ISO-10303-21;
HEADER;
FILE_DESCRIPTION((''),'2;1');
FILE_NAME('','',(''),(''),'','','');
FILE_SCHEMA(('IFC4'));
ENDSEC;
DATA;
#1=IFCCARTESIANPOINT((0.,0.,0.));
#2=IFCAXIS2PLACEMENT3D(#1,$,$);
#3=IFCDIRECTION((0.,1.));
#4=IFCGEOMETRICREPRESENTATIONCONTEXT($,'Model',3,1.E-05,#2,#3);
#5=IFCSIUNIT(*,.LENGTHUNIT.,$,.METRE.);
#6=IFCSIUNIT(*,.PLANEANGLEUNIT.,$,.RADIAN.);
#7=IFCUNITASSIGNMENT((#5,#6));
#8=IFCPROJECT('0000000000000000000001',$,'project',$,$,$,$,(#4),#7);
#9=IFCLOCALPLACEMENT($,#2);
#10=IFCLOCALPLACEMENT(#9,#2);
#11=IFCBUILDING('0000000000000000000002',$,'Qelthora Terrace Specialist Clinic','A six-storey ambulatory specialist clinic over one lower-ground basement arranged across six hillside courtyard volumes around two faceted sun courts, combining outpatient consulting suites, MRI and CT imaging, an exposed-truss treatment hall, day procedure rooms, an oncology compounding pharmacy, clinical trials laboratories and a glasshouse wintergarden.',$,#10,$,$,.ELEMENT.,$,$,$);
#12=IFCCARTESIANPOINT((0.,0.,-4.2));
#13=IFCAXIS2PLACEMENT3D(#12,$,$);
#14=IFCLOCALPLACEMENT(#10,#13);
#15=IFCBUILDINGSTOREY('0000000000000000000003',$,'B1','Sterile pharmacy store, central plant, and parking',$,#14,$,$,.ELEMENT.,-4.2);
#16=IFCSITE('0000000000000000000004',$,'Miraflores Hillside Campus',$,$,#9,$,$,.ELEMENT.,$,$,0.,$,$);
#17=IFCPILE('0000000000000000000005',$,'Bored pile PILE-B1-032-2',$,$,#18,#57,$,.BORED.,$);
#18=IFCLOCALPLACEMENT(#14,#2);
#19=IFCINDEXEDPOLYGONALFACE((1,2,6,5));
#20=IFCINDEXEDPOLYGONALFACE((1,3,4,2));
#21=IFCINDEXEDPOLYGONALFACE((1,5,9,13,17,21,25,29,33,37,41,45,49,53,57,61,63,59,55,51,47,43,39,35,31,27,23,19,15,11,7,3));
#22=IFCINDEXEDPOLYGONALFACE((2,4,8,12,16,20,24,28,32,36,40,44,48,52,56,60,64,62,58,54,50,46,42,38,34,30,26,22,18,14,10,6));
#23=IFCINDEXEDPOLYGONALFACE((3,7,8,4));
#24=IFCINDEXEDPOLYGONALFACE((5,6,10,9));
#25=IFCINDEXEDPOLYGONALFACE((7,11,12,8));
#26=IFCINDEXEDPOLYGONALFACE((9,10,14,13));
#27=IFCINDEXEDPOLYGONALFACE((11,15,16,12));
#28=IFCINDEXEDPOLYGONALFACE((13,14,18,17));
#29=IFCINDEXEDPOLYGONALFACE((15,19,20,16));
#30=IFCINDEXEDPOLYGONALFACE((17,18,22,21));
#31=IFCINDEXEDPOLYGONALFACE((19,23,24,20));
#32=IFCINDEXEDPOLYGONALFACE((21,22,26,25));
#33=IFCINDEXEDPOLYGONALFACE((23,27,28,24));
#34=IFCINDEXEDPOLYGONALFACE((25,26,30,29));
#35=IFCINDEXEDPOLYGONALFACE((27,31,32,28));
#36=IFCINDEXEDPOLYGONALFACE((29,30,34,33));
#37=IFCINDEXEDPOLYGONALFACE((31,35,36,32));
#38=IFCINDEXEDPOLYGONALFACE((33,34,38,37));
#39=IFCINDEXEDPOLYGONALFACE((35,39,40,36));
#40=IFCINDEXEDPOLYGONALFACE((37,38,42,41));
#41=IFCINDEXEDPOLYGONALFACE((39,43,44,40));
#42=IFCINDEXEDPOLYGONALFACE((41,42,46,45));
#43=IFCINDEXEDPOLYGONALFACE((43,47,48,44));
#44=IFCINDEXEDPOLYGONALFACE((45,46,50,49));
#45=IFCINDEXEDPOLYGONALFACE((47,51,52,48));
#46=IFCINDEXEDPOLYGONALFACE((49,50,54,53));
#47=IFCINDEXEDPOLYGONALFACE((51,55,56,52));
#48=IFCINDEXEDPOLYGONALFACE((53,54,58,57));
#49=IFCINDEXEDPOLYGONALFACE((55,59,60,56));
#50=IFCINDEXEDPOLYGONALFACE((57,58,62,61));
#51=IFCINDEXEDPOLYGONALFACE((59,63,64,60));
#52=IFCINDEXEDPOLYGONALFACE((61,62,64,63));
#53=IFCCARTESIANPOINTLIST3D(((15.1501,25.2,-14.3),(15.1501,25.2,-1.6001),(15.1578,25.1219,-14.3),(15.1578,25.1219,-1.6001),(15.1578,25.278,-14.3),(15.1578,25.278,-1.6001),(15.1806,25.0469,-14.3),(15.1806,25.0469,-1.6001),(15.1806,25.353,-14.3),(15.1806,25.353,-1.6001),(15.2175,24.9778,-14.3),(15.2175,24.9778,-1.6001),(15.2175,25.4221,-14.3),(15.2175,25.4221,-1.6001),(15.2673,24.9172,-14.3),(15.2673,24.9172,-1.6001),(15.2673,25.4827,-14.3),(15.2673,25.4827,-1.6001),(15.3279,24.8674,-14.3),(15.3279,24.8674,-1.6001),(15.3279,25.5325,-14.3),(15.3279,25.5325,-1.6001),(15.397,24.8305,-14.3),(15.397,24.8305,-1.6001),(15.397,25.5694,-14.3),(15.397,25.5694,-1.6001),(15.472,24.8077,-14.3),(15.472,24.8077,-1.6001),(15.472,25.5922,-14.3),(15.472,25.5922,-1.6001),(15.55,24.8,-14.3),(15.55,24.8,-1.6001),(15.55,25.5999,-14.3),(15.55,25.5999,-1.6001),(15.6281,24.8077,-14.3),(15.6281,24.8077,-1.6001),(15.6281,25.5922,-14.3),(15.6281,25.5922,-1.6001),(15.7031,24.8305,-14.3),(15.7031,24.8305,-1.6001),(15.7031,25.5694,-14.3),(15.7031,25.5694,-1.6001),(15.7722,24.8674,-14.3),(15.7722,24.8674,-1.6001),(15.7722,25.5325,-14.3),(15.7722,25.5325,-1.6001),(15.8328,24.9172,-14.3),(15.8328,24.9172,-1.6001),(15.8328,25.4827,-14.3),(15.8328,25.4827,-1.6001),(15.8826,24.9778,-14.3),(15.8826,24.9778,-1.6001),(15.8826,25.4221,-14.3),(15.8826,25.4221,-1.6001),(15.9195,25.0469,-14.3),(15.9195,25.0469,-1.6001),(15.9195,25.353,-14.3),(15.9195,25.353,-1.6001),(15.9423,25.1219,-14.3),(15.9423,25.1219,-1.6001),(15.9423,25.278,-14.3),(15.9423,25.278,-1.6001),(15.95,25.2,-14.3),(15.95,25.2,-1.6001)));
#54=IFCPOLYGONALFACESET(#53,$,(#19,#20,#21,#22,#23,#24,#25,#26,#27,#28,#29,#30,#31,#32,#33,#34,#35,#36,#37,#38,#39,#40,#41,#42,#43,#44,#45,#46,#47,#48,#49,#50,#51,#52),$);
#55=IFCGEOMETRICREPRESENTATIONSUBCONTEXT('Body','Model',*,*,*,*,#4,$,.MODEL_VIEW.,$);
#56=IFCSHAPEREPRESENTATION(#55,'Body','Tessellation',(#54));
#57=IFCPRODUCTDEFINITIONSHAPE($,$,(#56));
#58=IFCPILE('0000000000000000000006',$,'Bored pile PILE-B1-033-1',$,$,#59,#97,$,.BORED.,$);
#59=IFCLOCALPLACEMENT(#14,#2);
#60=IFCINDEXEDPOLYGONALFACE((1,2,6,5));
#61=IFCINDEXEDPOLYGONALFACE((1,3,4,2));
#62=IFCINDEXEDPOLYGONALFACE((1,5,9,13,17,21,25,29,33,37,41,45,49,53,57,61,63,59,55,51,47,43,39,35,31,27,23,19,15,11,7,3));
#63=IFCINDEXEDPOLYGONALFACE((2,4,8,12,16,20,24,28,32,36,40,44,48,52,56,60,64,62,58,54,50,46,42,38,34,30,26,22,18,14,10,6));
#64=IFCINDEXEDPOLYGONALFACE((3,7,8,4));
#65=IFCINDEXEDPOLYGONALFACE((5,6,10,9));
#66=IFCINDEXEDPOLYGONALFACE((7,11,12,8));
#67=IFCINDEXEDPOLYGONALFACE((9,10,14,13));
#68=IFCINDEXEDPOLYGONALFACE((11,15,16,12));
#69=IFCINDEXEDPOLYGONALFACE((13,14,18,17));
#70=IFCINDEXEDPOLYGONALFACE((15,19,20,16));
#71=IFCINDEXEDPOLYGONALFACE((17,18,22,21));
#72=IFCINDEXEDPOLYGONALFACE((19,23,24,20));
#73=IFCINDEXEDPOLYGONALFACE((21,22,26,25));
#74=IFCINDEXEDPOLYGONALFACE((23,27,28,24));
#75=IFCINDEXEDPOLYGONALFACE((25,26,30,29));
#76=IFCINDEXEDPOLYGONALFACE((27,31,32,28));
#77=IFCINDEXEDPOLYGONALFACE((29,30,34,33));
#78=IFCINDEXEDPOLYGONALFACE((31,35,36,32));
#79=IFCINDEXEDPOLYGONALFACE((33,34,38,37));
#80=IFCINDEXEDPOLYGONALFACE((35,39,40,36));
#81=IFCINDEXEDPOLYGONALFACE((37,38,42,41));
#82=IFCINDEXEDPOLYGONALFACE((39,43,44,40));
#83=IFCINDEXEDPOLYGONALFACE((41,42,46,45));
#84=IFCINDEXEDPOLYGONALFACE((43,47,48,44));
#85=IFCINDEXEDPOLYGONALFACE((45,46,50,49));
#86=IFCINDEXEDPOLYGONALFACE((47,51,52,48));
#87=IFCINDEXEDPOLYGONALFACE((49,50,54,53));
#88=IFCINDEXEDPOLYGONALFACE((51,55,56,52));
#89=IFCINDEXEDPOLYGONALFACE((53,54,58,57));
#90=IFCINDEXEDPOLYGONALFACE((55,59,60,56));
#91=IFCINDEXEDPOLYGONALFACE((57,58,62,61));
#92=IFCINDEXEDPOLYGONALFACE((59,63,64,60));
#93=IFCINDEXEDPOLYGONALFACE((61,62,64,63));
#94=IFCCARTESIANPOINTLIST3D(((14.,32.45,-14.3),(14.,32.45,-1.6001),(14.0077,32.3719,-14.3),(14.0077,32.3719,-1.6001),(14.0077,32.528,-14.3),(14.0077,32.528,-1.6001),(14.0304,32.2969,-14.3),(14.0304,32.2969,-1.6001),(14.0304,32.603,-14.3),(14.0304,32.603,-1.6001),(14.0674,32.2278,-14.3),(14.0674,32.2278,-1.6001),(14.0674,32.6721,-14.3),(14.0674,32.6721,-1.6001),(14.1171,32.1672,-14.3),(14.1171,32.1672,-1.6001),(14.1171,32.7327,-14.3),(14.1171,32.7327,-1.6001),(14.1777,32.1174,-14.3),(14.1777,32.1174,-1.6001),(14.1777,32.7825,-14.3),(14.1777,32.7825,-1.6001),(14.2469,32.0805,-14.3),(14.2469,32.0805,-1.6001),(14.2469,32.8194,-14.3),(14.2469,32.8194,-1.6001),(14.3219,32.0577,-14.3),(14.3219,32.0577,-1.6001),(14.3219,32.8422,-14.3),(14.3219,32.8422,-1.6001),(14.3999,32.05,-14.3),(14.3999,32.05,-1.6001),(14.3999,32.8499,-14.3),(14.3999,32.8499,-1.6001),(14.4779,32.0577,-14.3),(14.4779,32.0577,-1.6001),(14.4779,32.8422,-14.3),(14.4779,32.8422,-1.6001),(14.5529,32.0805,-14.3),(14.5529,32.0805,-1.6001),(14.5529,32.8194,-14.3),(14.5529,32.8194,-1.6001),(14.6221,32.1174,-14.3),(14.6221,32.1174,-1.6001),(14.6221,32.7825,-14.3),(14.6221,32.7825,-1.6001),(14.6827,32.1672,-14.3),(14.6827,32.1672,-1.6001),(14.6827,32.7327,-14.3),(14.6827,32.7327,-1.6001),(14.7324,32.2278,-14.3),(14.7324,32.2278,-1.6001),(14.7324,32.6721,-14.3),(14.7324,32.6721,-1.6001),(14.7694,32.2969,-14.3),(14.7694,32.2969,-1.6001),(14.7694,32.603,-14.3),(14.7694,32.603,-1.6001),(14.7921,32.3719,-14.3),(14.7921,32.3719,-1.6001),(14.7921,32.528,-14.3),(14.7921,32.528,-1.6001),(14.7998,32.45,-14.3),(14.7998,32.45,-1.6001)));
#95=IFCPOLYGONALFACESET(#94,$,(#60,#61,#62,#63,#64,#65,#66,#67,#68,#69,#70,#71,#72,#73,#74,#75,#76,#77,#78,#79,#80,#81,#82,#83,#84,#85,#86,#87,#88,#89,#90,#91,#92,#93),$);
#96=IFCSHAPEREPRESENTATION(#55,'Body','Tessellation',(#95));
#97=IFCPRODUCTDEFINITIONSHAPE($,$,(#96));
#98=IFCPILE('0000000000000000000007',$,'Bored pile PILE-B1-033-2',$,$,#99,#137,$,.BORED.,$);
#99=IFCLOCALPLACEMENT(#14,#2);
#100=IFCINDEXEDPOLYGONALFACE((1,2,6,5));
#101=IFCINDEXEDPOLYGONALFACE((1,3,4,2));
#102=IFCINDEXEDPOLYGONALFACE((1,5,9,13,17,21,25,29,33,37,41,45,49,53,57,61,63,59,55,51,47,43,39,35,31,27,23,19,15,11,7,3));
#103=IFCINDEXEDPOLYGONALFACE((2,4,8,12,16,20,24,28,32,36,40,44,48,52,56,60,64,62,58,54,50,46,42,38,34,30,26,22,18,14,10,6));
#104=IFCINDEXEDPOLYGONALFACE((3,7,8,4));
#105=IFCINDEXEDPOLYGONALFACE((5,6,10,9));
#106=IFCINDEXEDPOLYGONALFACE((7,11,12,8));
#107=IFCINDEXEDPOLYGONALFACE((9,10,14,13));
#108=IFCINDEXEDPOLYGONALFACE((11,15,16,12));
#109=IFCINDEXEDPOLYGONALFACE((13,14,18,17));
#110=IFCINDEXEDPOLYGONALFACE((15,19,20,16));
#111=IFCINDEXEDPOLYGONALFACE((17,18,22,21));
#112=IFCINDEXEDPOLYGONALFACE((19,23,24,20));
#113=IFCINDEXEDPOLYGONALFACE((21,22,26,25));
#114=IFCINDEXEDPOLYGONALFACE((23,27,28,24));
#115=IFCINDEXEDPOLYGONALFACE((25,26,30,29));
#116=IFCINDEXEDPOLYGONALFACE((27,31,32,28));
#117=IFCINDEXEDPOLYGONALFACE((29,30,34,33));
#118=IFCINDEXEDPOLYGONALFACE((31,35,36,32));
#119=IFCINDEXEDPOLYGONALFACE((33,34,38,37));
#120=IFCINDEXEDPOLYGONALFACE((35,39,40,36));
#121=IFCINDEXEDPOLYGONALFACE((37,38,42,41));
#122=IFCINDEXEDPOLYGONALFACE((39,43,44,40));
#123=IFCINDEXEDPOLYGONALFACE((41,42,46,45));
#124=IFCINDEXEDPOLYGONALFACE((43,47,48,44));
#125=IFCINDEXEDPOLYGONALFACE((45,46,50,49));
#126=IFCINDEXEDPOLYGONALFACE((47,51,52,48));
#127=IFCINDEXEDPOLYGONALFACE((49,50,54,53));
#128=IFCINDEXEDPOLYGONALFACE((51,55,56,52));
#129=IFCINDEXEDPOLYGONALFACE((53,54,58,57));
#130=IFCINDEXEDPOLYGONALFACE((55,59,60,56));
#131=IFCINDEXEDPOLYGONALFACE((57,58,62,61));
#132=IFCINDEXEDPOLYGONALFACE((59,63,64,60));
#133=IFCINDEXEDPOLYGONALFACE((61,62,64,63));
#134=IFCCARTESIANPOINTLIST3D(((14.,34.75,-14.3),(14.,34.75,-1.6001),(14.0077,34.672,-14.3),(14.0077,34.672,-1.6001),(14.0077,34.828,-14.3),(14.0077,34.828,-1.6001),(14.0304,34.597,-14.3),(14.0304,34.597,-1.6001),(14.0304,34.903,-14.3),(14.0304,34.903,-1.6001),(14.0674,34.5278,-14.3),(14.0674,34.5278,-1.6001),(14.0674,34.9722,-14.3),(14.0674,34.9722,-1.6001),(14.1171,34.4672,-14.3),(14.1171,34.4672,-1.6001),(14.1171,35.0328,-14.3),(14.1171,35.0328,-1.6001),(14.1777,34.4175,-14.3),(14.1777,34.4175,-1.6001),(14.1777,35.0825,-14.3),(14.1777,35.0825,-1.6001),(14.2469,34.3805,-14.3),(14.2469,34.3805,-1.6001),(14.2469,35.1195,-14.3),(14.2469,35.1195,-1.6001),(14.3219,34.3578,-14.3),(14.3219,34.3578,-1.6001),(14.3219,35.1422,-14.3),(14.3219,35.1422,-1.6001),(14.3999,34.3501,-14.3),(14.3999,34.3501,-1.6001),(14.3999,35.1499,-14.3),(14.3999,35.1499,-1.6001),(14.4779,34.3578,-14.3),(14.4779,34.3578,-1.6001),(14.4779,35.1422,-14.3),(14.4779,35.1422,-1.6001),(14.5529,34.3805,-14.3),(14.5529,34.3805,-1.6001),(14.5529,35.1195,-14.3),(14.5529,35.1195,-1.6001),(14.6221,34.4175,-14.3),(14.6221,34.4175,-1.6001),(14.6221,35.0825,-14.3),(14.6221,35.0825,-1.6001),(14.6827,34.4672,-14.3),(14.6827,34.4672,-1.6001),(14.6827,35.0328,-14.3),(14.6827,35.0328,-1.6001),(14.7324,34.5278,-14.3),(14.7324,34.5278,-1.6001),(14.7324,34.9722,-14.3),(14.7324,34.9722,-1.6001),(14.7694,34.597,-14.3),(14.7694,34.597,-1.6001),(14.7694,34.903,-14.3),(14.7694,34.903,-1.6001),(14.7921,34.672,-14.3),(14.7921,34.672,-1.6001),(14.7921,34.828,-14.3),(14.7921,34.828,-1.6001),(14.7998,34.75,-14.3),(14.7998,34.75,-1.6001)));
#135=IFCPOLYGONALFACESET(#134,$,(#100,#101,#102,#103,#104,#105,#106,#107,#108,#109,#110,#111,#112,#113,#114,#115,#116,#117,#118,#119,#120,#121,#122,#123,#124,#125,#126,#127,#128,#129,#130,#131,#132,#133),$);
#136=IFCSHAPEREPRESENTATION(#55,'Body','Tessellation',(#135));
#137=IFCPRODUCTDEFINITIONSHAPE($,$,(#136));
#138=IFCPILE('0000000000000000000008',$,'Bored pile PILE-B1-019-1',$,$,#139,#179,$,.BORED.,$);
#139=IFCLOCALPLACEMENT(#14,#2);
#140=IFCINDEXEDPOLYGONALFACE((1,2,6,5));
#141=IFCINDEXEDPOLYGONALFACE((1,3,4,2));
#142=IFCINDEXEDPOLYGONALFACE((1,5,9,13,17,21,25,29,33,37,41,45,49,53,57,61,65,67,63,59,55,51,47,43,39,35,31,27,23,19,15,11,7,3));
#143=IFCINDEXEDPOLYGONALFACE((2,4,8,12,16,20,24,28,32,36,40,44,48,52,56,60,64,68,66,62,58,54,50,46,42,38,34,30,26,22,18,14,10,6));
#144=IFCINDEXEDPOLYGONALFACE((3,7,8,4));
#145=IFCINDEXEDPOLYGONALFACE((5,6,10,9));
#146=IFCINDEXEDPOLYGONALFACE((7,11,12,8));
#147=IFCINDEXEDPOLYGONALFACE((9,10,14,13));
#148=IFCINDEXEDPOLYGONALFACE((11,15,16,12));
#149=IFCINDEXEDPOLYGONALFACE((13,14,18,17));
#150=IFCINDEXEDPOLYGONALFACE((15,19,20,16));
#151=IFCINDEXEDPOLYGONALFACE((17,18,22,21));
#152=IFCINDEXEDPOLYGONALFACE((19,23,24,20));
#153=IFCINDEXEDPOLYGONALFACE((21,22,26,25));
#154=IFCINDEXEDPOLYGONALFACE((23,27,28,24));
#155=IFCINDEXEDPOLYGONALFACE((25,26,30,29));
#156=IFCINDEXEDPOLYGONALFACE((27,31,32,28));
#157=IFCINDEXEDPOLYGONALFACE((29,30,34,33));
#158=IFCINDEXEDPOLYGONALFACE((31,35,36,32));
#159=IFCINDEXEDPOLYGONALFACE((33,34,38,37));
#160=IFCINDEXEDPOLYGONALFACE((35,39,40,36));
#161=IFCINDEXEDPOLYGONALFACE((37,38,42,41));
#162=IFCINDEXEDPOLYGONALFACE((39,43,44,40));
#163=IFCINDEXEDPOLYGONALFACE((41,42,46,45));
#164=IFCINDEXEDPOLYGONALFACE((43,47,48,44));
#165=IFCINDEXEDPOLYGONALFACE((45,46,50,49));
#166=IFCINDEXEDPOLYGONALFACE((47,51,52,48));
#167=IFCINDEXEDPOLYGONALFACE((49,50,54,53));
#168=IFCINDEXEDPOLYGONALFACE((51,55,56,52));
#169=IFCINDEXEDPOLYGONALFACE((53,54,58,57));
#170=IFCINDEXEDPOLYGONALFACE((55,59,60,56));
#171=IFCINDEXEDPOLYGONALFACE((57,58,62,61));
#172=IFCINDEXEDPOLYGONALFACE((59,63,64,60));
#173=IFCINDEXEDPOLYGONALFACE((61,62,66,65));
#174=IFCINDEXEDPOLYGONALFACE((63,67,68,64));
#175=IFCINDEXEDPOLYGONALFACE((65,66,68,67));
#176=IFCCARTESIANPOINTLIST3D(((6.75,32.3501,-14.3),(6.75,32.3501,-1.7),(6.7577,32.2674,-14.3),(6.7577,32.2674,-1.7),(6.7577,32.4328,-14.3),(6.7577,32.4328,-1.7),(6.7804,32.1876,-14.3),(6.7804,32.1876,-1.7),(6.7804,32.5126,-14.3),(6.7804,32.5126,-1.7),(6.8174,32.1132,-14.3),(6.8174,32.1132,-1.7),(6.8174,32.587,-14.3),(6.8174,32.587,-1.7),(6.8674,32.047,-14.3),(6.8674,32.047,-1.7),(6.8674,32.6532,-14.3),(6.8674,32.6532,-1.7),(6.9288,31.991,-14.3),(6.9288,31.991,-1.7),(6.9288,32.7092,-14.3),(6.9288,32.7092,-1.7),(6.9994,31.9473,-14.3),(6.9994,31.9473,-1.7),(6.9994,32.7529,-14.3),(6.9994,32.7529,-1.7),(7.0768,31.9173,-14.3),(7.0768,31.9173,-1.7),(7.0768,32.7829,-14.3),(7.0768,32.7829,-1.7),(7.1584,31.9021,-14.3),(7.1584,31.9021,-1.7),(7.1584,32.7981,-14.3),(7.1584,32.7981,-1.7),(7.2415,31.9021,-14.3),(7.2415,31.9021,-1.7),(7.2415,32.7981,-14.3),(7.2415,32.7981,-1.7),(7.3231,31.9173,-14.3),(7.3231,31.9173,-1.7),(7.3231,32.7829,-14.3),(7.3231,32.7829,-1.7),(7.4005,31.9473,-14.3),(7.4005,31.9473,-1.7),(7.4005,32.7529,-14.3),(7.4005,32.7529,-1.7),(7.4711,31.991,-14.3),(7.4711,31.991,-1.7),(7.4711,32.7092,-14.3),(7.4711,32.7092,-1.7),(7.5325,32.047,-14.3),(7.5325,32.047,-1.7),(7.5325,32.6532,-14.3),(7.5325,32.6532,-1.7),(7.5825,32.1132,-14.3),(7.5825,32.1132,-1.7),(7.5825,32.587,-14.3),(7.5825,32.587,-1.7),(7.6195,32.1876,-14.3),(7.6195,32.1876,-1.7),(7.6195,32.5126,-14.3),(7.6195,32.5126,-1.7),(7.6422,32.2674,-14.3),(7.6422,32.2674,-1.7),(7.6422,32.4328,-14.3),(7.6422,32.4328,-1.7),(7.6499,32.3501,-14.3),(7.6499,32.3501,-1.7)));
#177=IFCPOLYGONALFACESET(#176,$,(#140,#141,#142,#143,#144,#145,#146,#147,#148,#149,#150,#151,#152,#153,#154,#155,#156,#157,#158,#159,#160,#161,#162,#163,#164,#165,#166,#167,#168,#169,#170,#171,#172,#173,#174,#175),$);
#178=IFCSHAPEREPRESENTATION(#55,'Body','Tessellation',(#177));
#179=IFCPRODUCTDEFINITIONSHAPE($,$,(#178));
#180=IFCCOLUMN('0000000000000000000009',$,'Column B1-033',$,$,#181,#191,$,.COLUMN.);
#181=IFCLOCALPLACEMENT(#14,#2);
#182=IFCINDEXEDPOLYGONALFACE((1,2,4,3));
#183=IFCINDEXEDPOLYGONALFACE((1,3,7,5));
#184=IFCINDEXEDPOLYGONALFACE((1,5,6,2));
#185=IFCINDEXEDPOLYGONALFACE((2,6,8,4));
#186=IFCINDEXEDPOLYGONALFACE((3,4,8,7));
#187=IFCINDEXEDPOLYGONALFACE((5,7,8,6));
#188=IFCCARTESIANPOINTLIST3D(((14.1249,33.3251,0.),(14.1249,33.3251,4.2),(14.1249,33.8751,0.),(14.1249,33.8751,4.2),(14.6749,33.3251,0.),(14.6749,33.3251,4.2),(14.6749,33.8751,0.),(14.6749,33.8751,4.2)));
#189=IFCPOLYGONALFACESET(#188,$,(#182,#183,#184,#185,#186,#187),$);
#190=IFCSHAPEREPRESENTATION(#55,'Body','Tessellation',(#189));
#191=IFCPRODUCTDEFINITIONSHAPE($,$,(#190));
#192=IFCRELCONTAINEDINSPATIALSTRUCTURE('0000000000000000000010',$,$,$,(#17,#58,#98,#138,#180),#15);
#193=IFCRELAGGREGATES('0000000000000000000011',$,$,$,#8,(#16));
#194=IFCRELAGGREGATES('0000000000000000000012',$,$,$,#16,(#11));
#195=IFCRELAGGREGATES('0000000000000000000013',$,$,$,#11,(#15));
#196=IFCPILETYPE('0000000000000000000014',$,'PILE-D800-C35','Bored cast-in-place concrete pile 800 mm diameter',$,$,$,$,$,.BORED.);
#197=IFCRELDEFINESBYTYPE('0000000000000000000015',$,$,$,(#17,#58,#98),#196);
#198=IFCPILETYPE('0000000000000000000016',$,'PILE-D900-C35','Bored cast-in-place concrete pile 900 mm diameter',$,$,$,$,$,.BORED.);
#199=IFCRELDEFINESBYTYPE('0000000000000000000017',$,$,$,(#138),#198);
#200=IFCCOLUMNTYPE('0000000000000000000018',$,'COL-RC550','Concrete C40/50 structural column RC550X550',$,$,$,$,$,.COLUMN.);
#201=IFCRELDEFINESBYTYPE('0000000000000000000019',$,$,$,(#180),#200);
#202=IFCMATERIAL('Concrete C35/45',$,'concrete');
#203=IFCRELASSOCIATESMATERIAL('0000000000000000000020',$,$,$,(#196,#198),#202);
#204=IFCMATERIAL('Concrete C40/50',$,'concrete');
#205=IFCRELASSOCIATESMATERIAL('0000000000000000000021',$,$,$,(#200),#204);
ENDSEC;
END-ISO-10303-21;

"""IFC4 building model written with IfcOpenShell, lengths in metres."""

from ifc_helpers import new_model, si_unit, direction, frame, origin, origin_2d, place, context, subcontext, project, spatial, rectangle, circle, extrude, material, material_profile, profile_set, type_object, element, save


model = new_model("IFC4")

# Units and contexts
model_context = context("Model", 3, precision=1e-05, world=origin(), true_north=direction((0.0, 1.0)))
body_context = subcontext(model_context, "Body", "Model", "MODEL_VIEW")
ifc_project = project(units=[si_unit("LENGTHUNIT", "METRE"), si_unit("PLANEANGLEUNIT", "RADIAN")], contexts=[model_context])

# Site, building, storey
site_placement = place(None, origin())
site = spatial("IfcSite", under=ifc_project, at=site_placement, Name="Miraflores Hillside Campus", CompositionType="ELEMENT", RefElevation=0.0)
building_placement = place(site_placement, origin())
building = spatial("IfcBuilding", under=site, at=building_placement, Name="Qelthora Terrace Specialist Clinic", Description="A six-storey ambulatory specialist clinic over one lower-ground basement arranged across six hillside courtyard volumes around two faceted sun courts, combining outpatient consulting suites, MRI and CT imaging, an exposed-truss treatment hall, day procedure rooms, an oncology compounding pharmacy, clinical trials laboratories and a glasshouse wintergarden.", CompositionType="ELEMENT")
storey_placement = place(building_placement, frame((0.0, 0.0, -4.2)))
storey = spatial("IfcBuildingStorey", under=building, at=storey_placement, Name="B1", Description="Sterile pharmacy store, central plant, and parking", CompositionType="ELEMENT", Elevation=-4.2)

# Shared definitions
ifc_material_1 = material(Name="Concrete C35/45", Category="concrete")

# Piles
ifc_material_profile_1 = material_profile(ifc_material_1, circle(Radius=0.3999, at=origin_2d()), Name="PILE800")
ifc_profile_set_1 = profile_set([ifc_material_profile_1], Name="Concrete C35/45")
pile_type_1 = type_object("IfcPileType", Name="PILE-D800-C35", Description="Bored cast-in-place concrete pile 800 mm diameter", PredefinedType="BORED", material=ifc_profile_set_1)
for number, where, z_axis, x_axis, name in (
    (1, (15.55, 25.2, -1.6001), (0.0, 0.0, -1.0), (1.0, 0.0, 0.0), "Bored pile PILE-B1-032-2"),
    (2, (14.3999, 32.45, -1.6001), (0.0, 0.0, -1.0), (1.0, 0.0, 0.0), "Bored pile PILE-B1-033-1"),
    (3, (14.3999, 34.75, -1.6001), (0.0, 0.0, -1.0), (1.0, 0.0, 0.0), "Bored pile PILE-B1-033-2"),
):
    element("IfcPile", number, at=place(storey_placement, frame(where, z_axis=z_axis, x_axis=x_axis)), inside=storey, type_object=pile_type_1, Name=name, PredefinedType="BORED", context=body_context, shape_type="SweptSolid", body=[
        extrude(circle(Radius=0.3999, at=origin_2d()), origin(), (0.0, 0.0, 1.0), 12.7),
    ])
ifc_material_profile_2 = material_profile(ifc_material_1, circle(Radius=0.45, at=origin_2d()), Name="PILE900")
ifc_profile_set_2 = profile_set([ifc_material_profile_2], Name="Concrete C35/45")
pile_type_2 = type_object("IfcPileType", Name="PILE-D900-C35", Description="Bored cast-in-place concrete pile 900 mm diameter", PredefinedType="BORED", material=ifc_profile_set_2)
pile_placement = place(storey_placement, frame((7.2, 32.3501, -1.7), z_axis=(0.0, 0.0, -1.0), x_axis=(1.0, 0.0, 0.0)))
element("IfcPile", 4, at=pile_placement, inside=storey, type_object=pile_type_2, Name="Bored pile PILE-B1-019-1", PredefinedType="BORED", context=body_context, shape_type="SweptSolid", body=[
    extrude(circle(Radius=0.45, at=origin_2d()), origin(), (0.0, 0.0, 1.0), 12.6001),
])

# Column
ifc_material_2 = material(Name="Concrete C40/50", Category="concrete")
ifc_material_profile_3 = material_profile(ifc_material_2, rectangle(XDim=0.55, YDim=0.55, at=origin_2d()), Name="RC550X550")
ifc_profile_set_3 = profile_set([ifc_material_profile_3], Name="Concrete C40/50")
column_type_1 = type_object("IfcColumnType", Name="COL-RC550", Description="Concrete C40/50 structural column RC550X550", PredefinedType="COLUMN", material=ifc_profile_set_3)
column_placement = place(storey_placement, frame((14.3999, 33.6001, 0.0), z_axis=(0.0, 0.0, 1.0), x_axis=(1.0, 0.0, 0.0)))
element("IfcColumn", 5, at=column_placement, inside=storey, type_object=column_type_1, Name="Column B1-033", PredefinedType="COLUMN", context=body_context, shape_type="SweptSolid", body=[
    extrude(rectangle(XDim=0.55, YDim=0.55, at=origin_2d()), origin(), (0.0, 0.0, 1.0), 4.2),
])

save(model, "model.ifc")
